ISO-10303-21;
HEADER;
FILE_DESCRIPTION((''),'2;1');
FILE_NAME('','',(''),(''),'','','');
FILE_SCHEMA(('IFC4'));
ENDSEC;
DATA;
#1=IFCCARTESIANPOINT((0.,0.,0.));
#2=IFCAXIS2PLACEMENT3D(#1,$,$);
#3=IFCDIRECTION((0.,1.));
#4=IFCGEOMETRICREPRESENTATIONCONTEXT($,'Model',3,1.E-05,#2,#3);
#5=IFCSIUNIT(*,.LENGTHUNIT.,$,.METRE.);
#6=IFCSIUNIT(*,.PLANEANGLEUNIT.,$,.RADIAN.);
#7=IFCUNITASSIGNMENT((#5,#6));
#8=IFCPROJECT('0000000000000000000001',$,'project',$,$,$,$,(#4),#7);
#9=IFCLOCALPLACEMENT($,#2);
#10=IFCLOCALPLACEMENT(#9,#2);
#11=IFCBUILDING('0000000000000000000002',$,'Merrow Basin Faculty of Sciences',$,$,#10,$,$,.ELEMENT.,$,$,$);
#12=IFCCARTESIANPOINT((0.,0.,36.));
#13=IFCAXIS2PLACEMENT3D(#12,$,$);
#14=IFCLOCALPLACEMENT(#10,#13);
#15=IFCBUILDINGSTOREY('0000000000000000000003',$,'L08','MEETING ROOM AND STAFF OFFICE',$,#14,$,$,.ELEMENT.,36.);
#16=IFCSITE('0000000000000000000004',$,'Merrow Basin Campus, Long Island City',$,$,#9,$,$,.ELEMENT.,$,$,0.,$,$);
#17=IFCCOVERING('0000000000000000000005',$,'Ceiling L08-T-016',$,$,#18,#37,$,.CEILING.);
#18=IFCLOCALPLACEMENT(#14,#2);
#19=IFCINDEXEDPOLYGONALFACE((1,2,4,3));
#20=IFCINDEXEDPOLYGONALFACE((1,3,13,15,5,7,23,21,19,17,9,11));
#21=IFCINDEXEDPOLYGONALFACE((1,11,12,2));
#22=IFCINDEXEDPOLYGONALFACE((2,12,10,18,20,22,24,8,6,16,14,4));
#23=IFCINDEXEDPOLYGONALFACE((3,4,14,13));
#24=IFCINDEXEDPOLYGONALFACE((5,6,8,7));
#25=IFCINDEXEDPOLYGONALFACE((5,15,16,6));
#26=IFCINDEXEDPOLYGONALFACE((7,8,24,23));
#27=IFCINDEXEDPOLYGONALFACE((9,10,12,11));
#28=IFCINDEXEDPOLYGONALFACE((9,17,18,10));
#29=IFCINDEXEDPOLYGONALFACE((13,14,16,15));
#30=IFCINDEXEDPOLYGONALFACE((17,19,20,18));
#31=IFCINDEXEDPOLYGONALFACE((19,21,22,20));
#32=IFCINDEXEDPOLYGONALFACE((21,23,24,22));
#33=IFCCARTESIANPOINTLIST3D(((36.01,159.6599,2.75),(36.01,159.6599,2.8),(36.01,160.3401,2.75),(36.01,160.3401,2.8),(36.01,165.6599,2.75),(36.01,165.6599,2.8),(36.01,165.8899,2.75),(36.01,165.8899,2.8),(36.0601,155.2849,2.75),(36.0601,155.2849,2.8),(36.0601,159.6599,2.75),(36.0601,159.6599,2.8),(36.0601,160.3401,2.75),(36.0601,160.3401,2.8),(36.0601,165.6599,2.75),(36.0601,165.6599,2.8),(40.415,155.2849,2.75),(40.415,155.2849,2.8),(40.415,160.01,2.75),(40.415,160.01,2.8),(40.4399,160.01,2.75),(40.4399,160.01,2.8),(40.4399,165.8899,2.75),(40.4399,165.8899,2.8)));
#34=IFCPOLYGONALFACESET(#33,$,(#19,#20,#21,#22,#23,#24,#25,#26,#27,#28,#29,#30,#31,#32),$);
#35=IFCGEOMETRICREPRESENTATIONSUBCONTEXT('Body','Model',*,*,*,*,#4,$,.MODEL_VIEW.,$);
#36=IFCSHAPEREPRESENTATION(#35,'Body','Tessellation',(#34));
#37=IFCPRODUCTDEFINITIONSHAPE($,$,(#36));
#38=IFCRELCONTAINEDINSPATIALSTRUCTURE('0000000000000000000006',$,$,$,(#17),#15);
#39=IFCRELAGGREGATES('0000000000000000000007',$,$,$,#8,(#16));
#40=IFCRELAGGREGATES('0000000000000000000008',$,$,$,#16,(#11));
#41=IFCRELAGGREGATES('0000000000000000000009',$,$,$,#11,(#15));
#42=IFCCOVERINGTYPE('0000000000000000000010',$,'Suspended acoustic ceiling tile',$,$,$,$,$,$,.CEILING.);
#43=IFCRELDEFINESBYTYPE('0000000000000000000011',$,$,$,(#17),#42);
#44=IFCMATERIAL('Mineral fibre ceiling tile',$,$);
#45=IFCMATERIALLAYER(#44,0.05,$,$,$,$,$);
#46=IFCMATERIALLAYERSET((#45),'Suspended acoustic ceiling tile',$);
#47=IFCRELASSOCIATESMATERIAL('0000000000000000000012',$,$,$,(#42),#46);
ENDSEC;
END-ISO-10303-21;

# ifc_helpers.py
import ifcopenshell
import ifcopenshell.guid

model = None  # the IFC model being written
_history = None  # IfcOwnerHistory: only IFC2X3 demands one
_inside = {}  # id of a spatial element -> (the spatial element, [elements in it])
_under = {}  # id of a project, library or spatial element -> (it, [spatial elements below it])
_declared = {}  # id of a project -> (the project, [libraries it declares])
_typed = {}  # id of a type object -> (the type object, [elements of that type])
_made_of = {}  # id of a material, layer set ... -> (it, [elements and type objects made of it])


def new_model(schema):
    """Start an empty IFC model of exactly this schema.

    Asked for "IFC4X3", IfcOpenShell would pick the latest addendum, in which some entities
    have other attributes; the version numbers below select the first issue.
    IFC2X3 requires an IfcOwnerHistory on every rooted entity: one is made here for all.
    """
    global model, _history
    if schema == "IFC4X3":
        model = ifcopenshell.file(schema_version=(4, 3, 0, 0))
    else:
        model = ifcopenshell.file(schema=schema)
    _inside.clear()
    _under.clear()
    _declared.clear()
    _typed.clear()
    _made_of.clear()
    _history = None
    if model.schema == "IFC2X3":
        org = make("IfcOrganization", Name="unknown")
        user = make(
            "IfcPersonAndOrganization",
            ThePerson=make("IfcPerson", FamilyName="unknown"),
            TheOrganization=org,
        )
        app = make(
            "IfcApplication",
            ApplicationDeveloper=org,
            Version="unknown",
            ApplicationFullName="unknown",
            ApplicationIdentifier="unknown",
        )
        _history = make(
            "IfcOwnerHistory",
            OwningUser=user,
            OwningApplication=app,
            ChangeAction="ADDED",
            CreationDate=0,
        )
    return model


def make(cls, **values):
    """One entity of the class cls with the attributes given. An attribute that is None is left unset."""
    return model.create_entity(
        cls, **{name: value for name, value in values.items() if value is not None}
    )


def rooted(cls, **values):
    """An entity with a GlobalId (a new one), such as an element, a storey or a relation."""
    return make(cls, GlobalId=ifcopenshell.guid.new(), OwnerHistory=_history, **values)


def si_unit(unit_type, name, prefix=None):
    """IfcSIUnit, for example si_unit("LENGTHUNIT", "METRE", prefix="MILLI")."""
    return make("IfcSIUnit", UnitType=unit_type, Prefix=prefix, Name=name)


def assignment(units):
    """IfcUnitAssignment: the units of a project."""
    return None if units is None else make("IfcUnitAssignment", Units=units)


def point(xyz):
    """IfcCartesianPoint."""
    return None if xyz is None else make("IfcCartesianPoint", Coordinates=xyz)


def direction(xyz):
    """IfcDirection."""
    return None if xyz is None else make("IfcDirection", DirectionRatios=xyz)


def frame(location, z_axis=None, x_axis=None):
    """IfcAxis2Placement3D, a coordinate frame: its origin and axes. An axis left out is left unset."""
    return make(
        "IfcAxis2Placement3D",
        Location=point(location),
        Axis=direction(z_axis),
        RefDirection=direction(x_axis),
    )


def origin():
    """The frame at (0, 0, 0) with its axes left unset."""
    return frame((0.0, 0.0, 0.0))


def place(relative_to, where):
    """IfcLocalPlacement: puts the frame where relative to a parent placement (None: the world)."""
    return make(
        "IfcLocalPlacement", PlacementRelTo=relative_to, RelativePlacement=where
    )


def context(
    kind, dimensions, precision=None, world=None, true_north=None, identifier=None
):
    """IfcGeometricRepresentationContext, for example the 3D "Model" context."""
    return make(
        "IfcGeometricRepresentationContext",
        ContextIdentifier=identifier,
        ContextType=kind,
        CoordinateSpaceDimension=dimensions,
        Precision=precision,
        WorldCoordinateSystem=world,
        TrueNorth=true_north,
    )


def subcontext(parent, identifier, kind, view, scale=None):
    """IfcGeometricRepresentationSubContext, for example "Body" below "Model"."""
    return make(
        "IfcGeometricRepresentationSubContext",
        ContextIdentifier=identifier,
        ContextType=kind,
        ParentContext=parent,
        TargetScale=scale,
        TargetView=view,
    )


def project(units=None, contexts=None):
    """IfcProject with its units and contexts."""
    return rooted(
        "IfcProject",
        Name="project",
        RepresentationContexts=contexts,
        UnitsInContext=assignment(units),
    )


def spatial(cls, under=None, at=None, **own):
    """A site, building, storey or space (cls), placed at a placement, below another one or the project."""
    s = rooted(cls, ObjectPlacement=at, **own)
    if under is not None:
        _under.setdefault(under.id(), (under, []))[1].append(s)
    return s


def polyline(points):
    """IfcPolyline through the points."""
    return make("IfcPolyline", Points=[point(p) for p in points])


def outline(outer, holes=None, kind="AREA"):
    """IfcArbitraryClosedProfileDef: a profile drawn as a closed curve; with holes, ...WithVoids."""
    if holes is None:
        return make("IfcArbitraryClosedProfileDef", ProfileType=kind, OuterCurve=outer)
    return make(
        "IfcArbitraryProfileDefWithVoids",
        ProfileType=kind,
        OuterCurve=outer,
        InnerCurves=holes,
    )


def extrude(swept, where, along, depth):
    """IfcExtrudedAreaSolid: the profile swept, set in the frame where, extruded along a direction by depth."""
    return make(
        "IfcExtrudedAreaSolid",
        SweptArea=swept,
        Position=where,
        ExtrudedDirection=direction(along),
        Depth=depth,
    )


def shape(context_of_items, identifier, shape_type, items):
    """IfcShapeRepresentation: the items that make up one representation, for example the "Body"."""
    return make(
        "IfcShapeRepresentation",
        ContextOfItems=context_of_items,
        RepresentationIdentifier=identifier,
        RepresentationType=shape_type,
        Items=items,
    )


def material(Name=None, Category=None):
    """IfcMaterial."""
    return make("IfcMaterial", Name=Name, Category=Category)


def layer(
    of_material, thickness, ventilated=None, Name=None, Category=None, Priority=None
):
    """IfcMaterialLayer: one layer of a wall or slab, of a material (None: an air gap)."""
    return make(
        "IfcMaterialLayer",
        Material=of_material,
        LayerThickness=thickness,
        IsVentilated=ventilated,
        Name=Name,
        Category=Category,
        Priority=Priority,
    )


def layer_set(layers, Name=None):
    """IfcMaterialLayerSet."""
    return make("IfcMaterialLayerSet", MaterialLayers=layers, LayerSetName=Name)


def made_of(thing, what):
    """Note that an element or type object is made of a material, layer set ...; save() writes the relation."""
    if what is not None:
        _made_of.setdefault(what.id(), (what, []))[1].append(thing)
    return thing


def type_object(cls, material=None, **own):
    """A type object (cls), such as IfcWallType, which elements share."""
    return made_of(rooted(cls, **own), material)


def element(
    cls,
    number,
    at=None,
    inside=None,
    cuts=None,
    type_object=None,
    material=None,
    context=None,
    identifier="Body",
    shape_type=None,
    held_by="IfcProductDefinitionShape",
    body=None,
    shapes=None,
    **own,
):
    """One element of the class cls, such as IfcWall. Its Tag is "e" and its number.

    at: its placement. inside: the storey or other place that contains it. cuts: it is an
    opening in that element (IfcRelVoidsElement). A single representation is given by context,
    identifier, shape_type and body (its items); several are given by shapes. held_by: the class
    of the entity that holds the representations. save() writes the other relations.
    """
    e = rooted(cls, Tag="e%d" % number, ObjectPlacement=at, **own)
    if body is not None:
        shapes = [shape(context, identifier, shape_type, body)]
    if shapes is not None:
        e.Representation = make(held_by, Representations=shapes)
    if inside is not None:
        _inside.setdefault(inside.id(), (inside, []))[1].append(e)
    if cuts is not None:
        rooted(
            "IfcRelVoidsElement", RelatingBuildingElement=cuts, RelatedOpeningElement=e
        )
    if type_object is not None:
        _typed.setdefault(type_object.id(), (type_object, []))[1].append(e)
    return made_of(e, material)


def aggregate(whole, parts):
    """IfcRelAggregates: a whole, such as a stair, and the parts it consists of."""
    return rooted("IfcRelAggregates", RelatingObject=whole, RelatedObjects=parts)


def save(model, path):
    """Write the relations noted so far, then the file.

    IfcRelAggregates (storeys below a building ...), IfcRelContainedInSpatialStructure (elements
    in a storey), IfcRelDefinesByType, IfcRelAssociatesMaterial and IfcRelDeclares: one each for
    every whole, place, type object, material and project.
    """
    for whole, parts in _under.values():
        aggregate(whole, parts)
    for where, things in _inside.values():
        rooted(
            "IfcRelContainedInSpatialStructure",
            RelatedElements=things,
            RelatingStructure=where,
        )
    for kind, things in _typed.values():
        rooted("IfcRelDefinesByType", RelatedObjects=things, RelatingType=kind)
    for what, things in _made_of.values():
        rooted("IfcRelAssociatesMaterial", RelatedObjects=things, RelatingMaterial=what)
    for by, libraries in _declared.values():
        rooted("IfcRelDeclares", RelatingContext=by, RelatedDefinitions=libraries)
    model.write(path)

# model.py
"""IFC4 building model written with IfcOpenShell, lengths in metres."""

from ifc_helpers import new_model, si_unit, direction, frame, origin, place, context, subcontext, project, spatial, polyline, outline, extrude, material, layer, layer_set, type_object, element, save


model = new_model("IFC4")

# Units and contexts
model_context = context("Model", 3, precision=1e-05, world=origin(), true_north=direction((0.0, 1.0)))
body_context = subcontext(model_context, "Body", "Model", "MODEL_VIEW")
ifc_project = project(units=[si_unit("LENGTHUNIT", "METRE"), si_unit("PLANEANGLEUNIT", "RADIAN")], contexts=[model_context])

# Site, building, storey
site_placement = place(None, origin())
site = spatial("IfcSite", under=ifc_project, at=site_placement, Name="Merrow Basin Campus, Long Island City", CompositionType="ELEMENT", RefElevation=0.0)
building_placement = place(site_placement, origin())
building = spatial("IfcBuilding", under=site, at=building_placement, Name="Merrow Basin Faculty of Sciences", CompositionType="ELEMENT")
storey_placement = place(building_placement, frame((0.0, 0.0, 36.0)))
storey = spatial("IfcBuildingStorey", under=building, at=storey_placement, Name="L08", Description="MEETING ROOM AND STAFF OFFICE", CompositionType="ELEMENT", Elevation=36.0)

# Covering
ifc_material_1 = material(Name="Mineral fibre ceiling tile")
ifc_layer_1 = layer(ifc_material_1, 0.05)
ifc_layer_set_1 = layer_set([ifc_layer_1], Name="Suspended acoustic ceiling tile")
covering_type_1 = type_object("IfcCoveringType", Name="Suspended acoustic ceiling tile", PredefinedType="CEILING", material=ifc_layer_set_1)
covering_1_placement = place(storey_placement, frame((0.0, 0.0, 2.75)))
element("IfcCovering", 1, at=covering_1_placement, inside=storey, type_object=covering_type_1, Name="Ceiling L08-T-016", PredefinedType="CEILING", context=body_context, shape_type="SweptSolid", body=[
    extrude(outline(polyline([(36.0601, 155.2849), (36.0601, 159.6599), (36.01, 159.6599), (36.01, 160.3401), (36.0601, 160.3401), (36.0601, 165.6599), (36.01, 165.6599), (36.01, 165.8899), (40.4399, 165.8899), (40.4399, 160.01), (40.415, 160.01), (40.415, 155.2849), (36.0601, 155.2849)])), origin(), (0.0, 0.0, 1.0), 0.05),
])

save(model, "model.ifc")
